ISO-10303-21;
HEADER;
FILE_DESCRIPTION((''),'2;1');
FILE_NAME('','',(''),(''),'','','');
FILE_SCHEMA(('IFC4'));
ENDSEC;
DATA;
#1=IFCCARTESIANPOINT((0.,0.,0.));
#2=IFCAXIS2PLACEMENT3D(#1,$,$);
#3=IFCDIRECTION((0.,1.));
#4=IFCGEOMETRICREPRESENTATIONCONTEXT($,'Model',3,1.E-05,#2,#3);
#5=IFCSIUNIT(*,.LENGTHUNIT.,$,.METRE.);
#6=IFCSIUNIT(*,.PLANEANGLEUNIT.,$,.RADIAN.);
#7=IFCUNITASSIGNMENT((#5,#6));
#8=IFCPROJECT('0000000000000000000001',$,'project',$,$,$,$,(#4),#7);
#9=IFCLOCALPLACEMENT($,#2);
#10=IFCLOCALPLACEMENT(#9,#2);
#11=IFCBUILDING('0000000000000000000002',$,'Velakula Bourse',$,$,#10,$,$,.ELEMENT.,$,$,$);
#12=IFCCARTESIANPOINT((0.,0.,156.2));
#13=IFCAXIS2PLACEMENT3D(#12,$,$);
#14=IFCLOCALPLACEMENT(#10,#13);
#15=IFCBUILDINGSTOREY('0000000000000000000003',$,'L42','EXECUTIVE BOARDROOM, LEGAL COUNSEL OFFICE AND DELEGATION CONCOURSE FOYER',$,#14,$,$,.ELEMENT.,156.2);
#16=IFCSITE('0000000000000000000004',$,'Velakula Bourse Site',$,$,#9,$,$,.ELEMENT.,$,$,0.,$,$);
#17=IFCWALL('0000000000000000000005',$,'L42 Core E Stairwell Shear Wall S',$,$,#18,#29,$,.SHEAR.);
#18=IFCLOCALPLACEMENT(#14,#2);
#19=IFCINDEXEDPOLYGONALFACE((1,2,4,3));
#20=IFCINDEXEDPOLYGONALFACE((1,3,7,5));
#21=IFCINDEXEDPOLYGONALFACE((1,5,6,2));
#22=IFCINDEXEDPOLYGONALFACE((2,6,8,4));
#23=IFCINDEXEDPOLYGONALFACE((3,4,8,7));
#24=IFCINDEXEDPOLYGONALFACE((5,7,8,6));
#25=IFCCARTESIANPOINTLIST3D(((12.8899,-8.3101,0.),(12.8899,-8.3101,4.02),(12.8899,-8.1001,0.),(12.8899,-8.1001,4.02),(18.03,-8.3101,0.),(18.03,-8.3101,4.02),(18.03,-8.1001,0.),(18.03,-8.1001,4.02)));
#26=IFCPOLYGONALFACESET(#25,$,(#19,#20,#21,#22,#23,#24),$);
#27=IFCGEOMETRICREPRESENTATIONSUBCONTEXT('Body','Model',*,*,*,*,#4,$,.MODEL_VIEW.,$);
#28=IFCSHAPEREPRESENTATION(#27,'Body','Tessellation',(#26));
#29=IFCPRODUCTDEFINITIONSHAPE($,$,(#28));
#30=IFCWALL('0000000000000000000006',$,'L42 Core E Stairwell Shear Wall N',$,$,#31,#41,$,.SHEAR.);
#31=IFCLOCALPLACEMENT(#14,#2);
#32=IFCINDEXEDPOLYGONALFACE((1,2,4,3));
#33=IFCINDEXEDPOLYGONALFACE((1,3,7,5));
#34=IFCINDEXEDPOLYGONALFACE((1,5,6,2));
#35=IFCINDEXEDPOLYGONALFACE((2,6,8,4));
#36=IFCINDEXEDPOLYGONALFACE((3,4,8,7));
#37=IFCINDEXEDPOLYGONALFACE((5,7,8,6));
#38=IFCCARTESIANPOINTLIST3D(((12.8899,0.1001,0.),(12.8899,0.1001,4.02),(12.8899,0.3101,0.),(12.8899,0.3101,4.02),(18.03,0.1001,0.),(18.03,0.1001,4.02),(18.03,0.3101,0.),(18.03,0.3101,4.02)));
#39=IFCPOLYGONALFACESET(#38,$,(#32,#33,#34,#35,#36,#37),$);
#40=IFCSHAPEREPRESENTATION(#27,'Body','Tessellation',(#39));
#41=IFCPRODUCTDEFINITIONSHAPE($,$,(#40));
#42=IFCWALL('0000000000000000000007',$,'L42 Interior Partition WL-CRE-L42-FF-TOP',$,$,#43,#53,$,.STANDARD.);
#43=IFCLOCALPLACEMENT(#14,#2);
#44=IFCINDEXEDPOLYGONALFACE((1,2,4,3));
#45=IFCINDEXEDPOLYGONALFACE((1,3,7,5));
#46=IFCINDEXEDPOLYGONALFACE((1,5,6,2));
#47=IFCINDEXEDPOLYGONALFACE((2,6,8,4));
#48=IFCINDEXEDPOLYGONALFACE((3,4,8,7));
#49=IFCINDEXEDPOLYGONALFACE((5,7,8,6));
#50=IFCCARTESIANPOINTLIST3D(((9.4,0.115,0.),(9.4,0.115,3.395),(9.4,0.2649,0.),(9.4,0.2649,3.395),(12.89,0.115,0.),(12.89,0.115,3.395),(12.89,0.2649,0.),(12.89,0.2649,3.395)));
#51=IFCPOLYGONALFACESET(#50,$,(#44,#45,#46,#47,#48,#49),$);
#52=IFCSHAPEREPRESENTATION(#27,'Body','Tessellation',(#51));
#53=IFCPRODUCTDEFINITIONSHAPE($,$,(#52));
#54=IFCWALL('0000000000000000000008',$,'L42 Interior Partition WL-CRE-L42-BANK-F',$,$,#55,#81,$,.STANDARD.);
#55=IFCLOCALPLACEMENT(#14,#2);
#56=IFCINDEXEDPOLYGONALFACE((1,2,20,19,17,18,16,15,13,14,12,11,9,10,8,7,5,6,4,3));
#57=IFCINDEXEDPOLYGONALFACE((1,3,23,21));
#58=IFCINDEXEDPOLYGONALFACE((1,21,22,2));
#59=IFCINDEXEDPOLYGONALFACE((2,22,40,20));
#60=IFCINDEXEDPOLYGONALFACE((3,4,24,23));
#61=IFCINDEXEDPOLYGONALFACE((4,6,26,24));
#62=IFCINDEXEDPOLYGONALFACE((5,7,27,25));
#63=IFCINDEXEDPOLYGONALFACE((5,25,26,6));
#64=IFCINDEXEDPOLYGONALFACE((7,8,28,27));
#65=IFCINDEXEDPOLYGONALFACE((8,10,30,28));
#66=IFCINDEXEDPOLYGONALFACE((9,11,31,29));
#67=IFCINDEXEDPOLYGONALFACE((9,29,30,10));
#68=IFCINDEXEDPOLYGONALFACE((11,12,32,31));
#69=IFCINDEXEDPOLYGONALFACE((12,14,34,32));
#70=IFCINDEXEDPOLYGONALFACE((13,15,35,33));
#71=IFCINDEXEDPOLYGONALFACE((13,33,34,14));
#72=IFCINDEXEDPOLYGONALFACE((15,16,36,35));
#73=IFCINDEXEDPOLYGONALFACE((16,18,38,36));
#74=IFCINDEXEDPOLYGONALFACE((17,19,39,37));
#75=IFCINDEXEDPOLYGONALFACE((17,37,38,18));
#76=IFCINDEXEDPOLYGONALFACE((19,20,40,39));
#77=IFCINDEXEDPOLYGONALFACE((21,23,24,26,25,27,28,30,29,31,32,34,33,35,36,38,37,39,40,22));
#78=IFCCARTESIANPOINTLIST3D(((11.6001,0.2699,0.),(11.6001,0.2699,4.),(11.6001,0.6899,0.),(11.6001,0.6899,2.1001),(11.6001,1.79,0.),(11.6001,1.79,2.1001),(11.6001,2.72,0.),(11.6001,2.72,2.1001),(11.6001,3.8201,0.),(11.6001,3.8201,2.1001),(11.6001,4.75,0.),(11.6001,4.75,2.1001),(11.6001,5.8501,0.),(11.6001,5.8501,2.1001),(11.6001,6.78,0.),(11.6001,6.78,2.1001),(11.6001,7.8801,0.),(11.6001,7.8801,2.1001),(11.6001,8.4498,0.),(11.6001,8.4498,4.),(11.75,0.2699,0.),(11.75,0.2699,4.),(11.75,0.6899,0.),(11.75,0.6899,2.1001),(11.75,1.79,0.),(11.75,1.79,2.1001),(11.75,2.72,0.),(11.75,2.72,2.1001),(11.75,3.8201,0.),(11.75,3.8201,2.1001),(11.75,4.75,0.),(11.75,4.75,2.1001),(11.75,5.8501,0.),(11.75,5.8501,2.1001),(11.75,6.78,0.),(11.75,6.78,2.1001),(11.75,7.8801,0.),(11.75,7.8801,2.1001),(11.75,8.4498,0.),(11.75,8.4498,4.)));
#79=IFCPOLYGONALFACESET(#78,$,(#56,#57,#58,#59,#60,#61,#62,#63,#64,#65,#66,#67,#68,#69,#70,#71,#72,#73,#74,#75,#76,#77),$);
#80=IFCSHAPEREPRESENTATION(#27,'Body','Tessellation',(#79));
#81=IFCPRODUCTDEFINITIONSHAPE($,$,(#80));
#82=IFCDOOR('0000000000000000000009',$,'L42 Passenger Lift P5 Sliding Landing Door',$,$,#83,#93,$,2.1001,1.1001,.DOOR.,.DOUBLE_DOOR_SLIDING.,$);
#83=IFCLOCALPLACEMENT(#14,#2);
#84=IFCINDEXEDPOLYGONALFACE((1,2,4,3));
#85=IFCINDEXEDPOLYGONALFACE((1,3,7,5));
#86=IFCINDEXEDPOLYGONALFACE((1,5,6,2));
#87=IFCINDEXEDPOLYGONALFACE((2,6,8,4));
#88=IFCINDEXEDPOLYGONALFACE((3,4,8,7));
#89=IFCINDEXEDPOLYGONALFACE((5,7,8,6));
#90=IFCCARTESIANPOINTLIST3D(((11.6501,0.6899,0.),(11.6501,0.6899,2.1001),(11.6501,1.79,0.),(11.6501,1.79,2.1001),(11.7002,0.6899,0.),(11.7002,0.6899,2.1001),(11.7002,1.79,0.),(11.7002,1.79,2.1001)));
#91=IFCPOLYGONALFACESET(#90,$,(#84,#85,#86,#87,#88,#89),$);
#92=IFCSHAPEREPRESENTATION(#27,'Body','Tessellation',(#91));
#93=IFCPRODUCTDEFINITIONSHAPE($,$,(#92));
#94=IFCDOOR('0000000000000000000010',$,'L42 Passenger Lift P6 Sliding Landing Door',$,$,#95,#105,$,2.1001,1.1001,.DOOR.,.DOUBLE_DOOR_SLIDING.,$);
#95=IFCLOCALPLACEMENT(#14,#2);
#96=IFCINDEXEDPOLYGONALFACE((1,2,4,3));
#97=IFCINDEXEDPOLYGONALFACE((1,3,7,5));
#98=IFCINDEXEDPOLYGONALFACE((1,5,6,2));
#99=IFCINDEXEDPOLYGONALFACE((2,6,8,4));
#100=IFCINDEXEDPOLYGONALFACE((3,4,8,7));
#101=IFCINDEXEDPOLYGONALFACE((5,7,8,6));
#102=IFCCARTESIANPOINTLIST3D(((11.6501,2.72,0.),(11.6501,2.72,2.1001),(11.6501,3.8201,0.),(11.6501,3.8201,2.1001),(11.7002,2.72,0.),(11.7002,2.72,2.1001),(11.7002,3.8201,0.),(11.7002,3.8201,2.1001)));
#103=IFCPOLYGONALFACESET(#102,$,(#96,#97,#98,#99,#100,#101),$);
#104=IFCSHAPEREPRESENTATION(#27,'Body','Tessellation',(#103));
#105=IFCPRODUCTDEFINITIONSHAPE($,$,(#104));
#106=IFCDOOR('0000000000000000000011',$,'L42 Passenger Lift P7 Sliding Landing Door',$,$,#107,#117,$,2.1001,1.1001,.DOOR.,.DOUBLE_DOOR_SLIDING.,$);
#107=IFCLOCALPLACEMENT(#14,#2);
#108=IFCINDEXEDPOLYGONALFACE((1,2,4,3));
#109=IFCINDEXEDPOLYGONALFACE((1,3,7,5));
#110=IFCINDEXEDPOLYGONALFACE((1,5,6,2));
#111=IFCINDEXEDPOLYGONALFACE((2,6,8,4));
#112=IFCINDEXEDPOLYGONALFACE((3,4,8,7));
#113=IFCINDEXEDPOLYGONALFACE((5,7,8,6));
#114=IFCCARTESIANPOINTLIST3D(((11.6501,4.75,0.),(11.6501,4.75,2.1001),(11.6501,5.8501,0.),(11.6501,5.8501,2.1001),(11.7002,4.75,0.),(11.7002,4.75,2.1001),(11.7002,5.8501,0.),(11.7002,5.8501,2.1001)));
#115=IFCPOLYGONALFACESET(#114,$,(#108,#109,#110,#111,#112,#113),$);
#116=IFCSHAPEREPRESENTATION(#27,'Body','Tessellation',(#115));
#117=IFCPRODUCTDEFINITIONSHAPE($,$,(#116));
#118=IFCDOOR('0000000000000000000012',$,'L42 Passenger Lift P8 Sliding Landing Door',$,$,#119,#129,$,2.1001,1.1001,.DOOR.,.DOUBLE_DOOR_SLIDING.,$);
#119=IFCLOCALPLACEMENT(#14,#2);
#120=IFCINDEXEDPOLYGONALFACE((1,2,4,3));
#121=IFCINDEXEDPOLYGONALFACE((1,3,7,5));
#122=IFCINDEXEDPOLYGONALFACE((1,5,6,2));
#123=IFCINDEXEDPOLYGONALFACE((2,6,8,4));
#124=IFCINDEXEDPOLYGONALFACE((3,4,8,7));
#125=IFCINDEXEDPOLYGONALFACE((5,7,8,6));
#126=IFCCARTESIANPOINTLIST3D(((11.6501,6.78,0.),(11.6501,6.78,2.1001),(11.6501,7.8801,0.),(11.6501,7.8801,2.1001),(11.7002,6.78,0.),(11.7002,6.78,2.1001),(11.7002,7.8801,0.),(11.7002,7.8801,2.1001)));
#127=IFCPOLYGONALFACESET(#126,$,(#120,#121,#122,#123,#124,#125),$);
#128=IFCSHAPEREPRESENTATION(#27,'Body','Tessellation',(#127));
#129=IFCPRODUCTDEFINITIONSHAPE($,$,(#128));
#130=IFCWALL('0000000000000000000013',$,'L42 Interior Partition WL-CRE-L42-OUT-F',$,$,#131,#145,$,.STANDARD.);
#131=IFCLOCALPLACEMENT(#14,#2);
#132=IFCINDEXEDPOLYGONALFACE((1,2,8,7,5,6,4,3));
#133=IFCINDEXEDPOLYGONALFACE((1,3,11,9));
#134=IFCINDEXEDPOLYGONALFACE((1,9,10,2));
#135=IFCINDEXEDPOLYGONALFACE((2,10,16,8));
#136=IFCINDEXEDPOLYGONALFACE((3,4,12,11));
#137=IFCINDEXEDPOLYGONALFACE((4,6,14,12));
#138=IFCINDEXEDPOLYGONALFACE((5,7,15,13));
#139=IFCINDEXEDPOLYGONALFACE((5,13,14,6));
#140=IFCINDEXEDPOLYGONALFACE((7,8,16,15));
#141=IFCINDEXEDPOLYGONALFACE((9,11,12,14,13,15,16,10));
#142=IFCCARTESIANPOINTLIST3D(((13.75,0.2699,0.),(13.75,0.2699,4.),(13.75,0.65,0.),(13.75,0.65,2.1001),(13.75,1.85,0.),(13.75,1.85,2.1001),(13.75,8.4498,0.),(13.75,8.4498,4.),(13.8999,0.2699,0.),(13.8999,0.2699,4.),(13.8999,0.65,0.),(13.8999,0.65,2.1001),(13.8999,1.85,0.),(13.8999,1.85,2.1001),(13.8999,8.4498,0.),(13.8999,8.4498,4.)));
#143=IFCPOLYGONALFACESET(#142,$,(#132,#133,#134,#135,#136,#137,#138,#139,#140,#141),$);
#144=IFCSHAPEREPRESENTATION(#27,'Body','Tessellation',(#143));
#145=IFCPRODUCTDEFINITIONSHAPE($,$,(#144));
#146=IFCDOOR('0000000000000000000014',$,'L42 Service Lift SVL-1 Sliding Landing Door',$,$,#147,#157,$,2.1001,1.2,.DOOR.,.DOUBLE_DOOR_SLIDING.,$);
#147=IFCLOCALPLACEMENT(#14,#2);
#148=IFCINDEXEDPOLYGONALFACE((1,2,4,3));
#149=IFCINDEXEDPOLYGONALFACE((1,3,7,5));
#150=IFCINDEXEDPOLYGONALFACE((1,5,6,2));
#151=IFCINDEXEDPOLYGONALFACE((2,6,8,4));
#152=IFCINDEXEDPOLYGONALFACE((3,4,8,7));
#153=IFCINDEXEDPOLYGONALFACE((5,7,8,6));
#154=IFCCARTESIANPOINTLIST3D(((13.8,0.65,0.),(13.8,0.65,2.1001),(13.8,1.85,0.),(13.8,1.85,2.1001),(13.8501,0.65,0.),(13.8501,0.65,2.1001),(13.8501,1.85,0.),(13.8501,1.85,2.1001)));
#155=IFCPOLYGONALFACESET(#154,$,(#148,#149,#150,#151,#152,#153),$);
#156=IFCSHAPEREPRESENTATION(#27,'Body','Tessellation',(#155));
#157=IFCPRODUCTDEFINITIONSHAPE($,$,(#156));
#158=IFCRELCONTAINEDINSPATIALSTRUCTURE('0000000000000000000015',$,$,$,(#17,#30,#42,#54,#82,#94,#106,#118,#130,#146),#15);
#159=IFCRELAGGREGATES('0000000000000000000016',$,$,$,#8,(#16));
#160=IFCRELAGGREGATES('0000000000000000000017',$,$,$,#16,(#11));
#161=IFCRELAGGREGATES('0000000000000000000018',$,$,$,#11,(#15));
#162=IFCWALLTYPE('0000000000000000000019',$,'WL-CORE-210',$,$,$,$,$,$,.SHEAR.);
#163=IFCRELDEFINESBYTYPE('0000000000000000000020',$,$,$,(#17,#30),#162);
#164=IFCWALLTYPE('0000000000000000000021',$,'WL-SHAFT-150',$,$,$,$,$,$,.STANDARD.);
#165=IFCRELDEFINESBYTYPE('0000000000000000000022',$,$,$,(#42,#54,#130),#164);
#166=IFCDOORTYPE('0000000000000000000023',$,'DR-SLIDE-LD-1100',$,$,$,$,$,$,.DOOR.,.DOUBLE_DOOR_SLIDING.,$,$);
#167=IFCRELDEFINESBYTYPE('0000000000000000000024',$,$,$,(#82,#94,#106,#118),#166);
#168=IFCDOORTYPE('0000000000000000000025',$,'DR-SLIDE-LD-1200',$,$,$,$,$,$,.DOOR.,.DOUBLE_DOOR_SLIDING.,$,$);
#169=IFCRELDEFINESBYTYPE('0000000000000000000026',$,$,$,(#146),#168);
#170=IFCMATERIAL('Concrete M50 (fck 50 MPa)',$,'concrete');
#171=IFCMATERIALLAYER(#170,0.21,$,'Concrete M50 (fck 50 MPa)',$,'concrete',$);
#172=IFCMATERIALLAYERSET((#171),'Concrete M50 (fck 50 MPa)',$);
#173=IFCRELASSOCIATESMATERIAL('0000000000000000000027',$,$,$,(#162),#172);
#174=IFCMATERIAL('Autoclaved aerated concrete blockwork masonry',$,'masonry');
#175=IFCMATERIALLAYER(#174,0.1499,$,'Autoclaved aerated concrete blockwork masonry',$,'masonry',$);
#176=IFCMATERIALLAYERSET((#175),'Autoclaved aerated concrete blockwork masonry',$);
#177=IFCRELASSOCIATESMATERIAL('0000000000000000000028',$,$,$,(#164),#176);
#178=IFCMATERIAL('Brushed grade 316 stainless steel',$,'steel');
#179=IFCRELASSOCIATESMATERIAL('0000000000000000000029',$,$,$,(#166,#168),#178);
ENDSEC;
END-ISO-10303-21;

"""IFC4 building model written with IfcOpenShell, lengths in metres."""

from ifc_helpers import new_model, si_unit, direction, frame, frame_2d, origin, place, context, subcontext, project, spatial, rectangle, extrude, material, layer, layer_set, type_object, element, fill, save


model = new_model("IFC4")

# Units and contexts
model_context = context("Model", 3, precision=1e-05, world=origin(), true_north=direction((0.0, 1.0)))
body_context = subcontext(model_context, "Body", "Model", "MODEL_VIEW")
ifc_project = project(units=[si_unit("LENGTHUNIT", "METRE"), si_unit("PLANEANGLEUNIT", "RADIAN")], contexts=[model_context])

# Site, building, storey
site_placement = place(None, origin())
site = spatial("IfcSite", under=ifc_project, at=site_placement, Name="Velakula Bourse Site", CompositionType="ELEMENT", RefElevation=0.0)
building_placement = place(site_placement, origin())
building = spatial("IfcBuilding", under=site, at=building_placement, Name="Velakula Bourse", CompositionType="ELEMENT")
storey_placement = place(building_placement, frame((0.0, 0.0, 156.2)))
storey = spatial("IfcBuildingStorey", under=building, at=storey_placement, Name="L42", Description="EXECUTIVE BOARDROOM, LEGAL COUNSEL OFFICE AND DELEGATION CONCOURSE FOYER", CompositionType="ELEMENT", Elevation=156.2)

# Shared definitions
ifc_material_1 = material(Name="Concrete M50 (fck 50 MPa)", Category="concrete")
ifc_layer_1 = layer(ifc_material_1, 0.21, Name="Concrete M50 (fck 50 MPa)", Category="concrete")
ifc_layer_set_1 = layer_set([ifc_layer_1], Name="Concrete M50 (fck 50 MPa)")
wall_type_1 = type_object("IfcWallType", Name="WL-CORE-210", PredefinedType="SHEAR", material=ifc_layer_set_1)

# Walls
for number, where, z_axis, x_axis, name in (
    (1, (12.8899, -8.2051, 0.0), (0.0, 0.0, 1.0), (1.0, 0.0, 0.0), "L42 Core E Stairwell Shear Wall S"),
    (2, (18.03, 0.2051, 0.0), (0.0, 0.0, 1.0), (-1.0, 0.0, 0.0), "L42 Core E Stairwell Shear Wall N"),
):
    element("IfcWall", number, at=place(storey_placement, frame(where, z_axis=z_axis, x_axis=x_axis)), inside=storey, type_object=wall_type_1, Name=name, PredefinedType="SHEAR", context=body_context, shape_type="SweptSolid", body=[
        extrude(rectangle(XDim=5.1401, YDim=0.21, at=frame_2d((2.5701, 0.0))), origin(), (0.0, 0.0, 1.0), 4.02),
    ])

# Shared definitions
ifc_material_2 = material(Name="Autoclaved aerated concrete blockwork masonry", Category="masonry")
ifc_layer_2 = layer(ifc_material_2, 0.1499, Name="Autoclaved aerated concrete blockwork masonry", Category="masonry")
ifc_layer_set_2 = layer_set([ifc_layer_2], Name="Autoclaved aerated concrete blockwork masonry")
wall_type_2 = type_object("IfcWallType", Name="WL-SHAFT-150", PredefinedType="STANDARD", material=ifc_layer_set_2)
ifc_material_3 = material(Name="Brushed grade 316 stainless steel", Category="steel")

# Wall
wall_1_placement = place(storey_placement, frame((9.3999, 0.1899, 0.0), z_axis=(0.0, 0.0, 1.0), x_axis=(1.0, 0.0, 0.0)))
element("IfcWall", 3, at=wall_1_placement, inside=storey, type_object=wall_type_2, Name="L42 Interior Partition WL-CRE-L42-FF-TOP", PredefinedType="STANDARD", context=body_context, shape_type="SweptSolid", body=[
    extrude(rectangle(XDim=3.49, YDim=0.1499, at=frame_2d((1.7451, 0.0))), origin(), (0.0, 0.0, 1.0), 3.395),
])

# Wall, openings, doors
wall_2_placement = place(storey_placement, frame((11.675, 0.27, 0.0), z_axis=(0.0, 0.0, 1.0), x_axis=(0.0, 1.0, 0.0)))
wall_2 = element("IfcWall", 4, at=wall_2_placement, inside=storey, type_object=wall_type_2, Name="L42 Interior Partition WL-CRE-L42-BANK-F", PredefinedType="STANDARD", context=body_context, shape_type="SweptSolid", body=[
    extrude(rectangle(XDim=8.1799, YDim=0.1499, at=frame_2d((4.0898, 0.0))), origin(), (0.0, 0.0, 1.0), 4.0),
])
opening_1_placement = place(wall_2_placement, frame((0.4199, 0.0, 0.0)))
opening_1 = element("IfcOpeningElement", 5, at=opening_1_placement, cuts=wall_2, PredefinedType="OPENING", context=body_context, shape_type="SweptSolid", body=[
    extrude(rectangle(XDim=1.1001, YDim=2.1001, at=frame_2d((0.55, 1.05))), frame((0.0, 0.085, 0.0), z_axis=(0.0, -1.0, 0.0), x_axis=(1.0, 0.0, 0.0)), (0.0, 0.0, 1.0), 0.1699),
])
opening_2_placement = place(wall_2_placement, frame((2.45, 0.0, 0.0)))
opening_2 = element("IfcOpeningElement", 6, at=opening_2_placement, cuts=wall_2, PredefinedType="OPENING", context=body_context, shape_type="SweptSolid", body=[
    extrude(rectangle(XDim=1.1001, YDim=2.1001, at=frame_2d((0.55, 1.05))), frame((0.0, 0.085, 0.0), z_axis=(0.0, -1.0, 0.0), x_axis=(1.0, 0.0, 0.0)), (0.0, 0.0, 1.0), 0.1699),
])
opening_3_placement = place(wall_2_placement, frame((4.48, 0.0, 0.0)))
opening_3 = element("IfcOpeningElement", 7, at=opening_3_placement, cuts=wall_2, PredefinedType="OPENING", context=body_context, shape_type="SweptSolid", body=[
    extrude(rectangle(XDim=1.1001, YDim=2.1001, at=frame_2d((0.55, 1.05))), frame((0.0, 0.085, 0.0), z_axis=(0.0, -1.0, 0.0), x_axis=(1.0, 0.0, 0.0)), (0.0, 0.0, 1.0), 0.1699),
])
opening_4_placement = place(wall_2_placement, frame((6.51, 0.0, 0.0)))
opening_4 = element("IfcOpeningElement", 8, at=opening_4_placement, cuts=wall_2, PredefinedType="OPENING", context=body_context, shape_type="SweptSolid", body=[
    extrude(rectangle(XDim=1.1001, YDim=2.1001, at=frame_2d((0.55, 1.05))), frame((0.0, 0.085, 0.0), z_axis=(0.0, -1.0, 0.0), x_axis=(1.0, 0.0, 0.0)), (0.0, 0.0, 1.0), 0.1699),
])
door_type_1 = type_object("IfcDoorType", Name="DR-SLIDE-LD-1100", OperationType="DOUBLE_DOOR_SLIDING", PredefinedType="DOOR", material=ifc_material_3)
door_1_placement = place(opening_1_placement, origin())
door_1 = element("IfcDoor", 9, at=door_1_placement, inside=storey, type_object=door_type_1, Name="L42 Passenger Lift P5 Sliding Landing Door", OperationType="DOUBLE_DOOR_SLIDING", OverallHeight=2.1001, OverallWidth=1.1001, PredefinedType="DOOR", context=body_context, shape_type="SweptSolid", body=[
    extrude(rectangle(XDim=1.1001, YDim=2.1001, at=frame_2d((0.55, 1.05))), frame((0.0, 0.0249, 0.0), z_axis=(0.0, -1.0, 0.0), x_axis=(1.0, 0.0, 0.0)), (0.0, 0.0, 1.0), 0.05),
])
fill(opening_1, door_1)
door_2_placement = place(opening_2_placement, origin())
door_2 = element("IfcDoor", 10, at=door_2_placement, inside=storey, type_object=door_type_1, Name="L42 Passenger Lift P6 Sliding Landing Door", OperationType="DOUBLE_DOOR_SLIDING", OverallHeight=2.1001, OverallWidth=1.1001, PredefinedType="DOOR", context=body_context, shape_type="SweptSolid", body=[
    extrude(rectangle(XDim=1.1001, YDim=2.1001, at=frame_2d((0.55, 1.05))), frame((0.0, 0.0249, 0.0), z_axis=(0.0, -1.0, 0.0), x_axis=(1.0, 0.0, 0.0)), (0.0, 0.0, 1.0), 0.05),
])
fill(opening_2, door_2)
door_3_placement = place(opening_3_placement, origin())
door_3 = element("IfcDoor", 11, at=door_3_placement, inside=storey, type_object=door_type_1, Name="L42 Passenger Lift P7 Sliding Landing Door", OperationType="DOUBLE_DOOR_SLIDING", OverallHeight=2.1001, OverallWidth=1.1001, PredefinedType="DOOR", context=body_context, shape_type="SweptSolid", body=[
    extrude(rectangle(XDim=1.1001, YDim=2.1001, at=frame_2d((0.55, 1.05))), frame((0.0, 0.0249, 0.0), z_axis=(0.0, -1.0, 0.0), x_axis=(1.0, 0.0, 0.0)), (0.0, 0.0, 1.0), 0.05),
])
fill(opening_3, door_3)
door_4_placement = place(opening_4_placement, origin())
door_4 = element("IfcDoor", 12, at=door_4_placement, inside=storey, type_object=door_type_1, Name="L42 Passenger Lift P8 Sliding Landing Door", OperationType="DOUBLE_DOOR_SLIDING", OverallHeight=2.1001, OverallWidth=1.1001, PredefinedType="DOOR", context=body_context, shape_type="SweptSolid", body=[
    extrude(rectangle(XDim=1.1001, YDim=2.1001, at=frame_2d((0.55, 1.05))), frame((0.0, 0.0249, 0.0), z_axis=(0.0, -1.0, 0.0), x_axis=(1.0, 0.0, 0.0)), (0.0, 0.0, 1.0), 0.05),
])
fill(opening_4, door_4)

# Wall, opening, door
wall_3_placement = place(storey_placement, frame((13.825, 0.27, 0.0), z_axis=(0.0, 0.0, 1.0), x_axis=(0.0, 1.0, 0.0)))
wall_3 = element("IfcWall", 13, at=wall_3_placement, inside=storey, type_object=wall_type_2, Name="L42 Interior Partition WL-CRE-L42-OUT-F", PredefinedType="STANDARD", context=body_context, shape_type="SweptSolid", body=[
    extrude(rectangle(XDim=8.1799, YDim=0.1499, at=frame_2d((4.0898, 0.0))), origin(), (0.0, 0.0, 1.0), 4.0),
])
opening_5_placement = place(wall_3_placement, frame((0.3799, 0.0, 0.0)))
opening_5 = element("IfcOpeningElement", 14, at=opening_5_placement, cuts=wall_3, PredefinedType="OPENING", context=body_context, shape_type="SweptSolid", body=[
    extrude(rectangle(XDim=1.2, YDim=2.1001, at=frame_2d((0.6001, 1.05))), frame((0.0, 0.085, 0.0), z_axis=(0.0, -1.0, 0.0), x_axis=(1.0, 0.0, 0.0)), (0.0, 0.0, 1.0), 0.1699),
])
door_type_2 = type_object("IfcDoorType", Name="DR-SLIDE-LD-1200", OperationType="DOUBLE_DOOR_SLIDING", PredefinedType="DOOR", material=ifc_material_3)
door_5_placement = place(opening_5_placement, origin())
door_5 = element("IfcDoor", 15, at=door_5_placement, inside=storey, type_object=door_type_2, Name="L42 Service Lift SVL-1 Sliding Landing Door", OperationType="DOUBLE_DOOR_SLIDING", OverallHeight=2.1001, OverallWidth=1.2, PredefinedType="DOOR", context=body_context, shape_type="SweptSolid", body=[
    extrude(rectangle(XDim=1.2, YDim=2.1001, at=frame_2d((0.6001, 1.05))), frame((0.0, 0.0249, 0.0), z_axis=(0.0, -1.0, 0.0), x_axis=(1.0, 0.0, 0.0)), (0.0, 0.0, 1.0), 0.05),
])
fill(opening_5, door_5)

save(model, "model.ifc")
